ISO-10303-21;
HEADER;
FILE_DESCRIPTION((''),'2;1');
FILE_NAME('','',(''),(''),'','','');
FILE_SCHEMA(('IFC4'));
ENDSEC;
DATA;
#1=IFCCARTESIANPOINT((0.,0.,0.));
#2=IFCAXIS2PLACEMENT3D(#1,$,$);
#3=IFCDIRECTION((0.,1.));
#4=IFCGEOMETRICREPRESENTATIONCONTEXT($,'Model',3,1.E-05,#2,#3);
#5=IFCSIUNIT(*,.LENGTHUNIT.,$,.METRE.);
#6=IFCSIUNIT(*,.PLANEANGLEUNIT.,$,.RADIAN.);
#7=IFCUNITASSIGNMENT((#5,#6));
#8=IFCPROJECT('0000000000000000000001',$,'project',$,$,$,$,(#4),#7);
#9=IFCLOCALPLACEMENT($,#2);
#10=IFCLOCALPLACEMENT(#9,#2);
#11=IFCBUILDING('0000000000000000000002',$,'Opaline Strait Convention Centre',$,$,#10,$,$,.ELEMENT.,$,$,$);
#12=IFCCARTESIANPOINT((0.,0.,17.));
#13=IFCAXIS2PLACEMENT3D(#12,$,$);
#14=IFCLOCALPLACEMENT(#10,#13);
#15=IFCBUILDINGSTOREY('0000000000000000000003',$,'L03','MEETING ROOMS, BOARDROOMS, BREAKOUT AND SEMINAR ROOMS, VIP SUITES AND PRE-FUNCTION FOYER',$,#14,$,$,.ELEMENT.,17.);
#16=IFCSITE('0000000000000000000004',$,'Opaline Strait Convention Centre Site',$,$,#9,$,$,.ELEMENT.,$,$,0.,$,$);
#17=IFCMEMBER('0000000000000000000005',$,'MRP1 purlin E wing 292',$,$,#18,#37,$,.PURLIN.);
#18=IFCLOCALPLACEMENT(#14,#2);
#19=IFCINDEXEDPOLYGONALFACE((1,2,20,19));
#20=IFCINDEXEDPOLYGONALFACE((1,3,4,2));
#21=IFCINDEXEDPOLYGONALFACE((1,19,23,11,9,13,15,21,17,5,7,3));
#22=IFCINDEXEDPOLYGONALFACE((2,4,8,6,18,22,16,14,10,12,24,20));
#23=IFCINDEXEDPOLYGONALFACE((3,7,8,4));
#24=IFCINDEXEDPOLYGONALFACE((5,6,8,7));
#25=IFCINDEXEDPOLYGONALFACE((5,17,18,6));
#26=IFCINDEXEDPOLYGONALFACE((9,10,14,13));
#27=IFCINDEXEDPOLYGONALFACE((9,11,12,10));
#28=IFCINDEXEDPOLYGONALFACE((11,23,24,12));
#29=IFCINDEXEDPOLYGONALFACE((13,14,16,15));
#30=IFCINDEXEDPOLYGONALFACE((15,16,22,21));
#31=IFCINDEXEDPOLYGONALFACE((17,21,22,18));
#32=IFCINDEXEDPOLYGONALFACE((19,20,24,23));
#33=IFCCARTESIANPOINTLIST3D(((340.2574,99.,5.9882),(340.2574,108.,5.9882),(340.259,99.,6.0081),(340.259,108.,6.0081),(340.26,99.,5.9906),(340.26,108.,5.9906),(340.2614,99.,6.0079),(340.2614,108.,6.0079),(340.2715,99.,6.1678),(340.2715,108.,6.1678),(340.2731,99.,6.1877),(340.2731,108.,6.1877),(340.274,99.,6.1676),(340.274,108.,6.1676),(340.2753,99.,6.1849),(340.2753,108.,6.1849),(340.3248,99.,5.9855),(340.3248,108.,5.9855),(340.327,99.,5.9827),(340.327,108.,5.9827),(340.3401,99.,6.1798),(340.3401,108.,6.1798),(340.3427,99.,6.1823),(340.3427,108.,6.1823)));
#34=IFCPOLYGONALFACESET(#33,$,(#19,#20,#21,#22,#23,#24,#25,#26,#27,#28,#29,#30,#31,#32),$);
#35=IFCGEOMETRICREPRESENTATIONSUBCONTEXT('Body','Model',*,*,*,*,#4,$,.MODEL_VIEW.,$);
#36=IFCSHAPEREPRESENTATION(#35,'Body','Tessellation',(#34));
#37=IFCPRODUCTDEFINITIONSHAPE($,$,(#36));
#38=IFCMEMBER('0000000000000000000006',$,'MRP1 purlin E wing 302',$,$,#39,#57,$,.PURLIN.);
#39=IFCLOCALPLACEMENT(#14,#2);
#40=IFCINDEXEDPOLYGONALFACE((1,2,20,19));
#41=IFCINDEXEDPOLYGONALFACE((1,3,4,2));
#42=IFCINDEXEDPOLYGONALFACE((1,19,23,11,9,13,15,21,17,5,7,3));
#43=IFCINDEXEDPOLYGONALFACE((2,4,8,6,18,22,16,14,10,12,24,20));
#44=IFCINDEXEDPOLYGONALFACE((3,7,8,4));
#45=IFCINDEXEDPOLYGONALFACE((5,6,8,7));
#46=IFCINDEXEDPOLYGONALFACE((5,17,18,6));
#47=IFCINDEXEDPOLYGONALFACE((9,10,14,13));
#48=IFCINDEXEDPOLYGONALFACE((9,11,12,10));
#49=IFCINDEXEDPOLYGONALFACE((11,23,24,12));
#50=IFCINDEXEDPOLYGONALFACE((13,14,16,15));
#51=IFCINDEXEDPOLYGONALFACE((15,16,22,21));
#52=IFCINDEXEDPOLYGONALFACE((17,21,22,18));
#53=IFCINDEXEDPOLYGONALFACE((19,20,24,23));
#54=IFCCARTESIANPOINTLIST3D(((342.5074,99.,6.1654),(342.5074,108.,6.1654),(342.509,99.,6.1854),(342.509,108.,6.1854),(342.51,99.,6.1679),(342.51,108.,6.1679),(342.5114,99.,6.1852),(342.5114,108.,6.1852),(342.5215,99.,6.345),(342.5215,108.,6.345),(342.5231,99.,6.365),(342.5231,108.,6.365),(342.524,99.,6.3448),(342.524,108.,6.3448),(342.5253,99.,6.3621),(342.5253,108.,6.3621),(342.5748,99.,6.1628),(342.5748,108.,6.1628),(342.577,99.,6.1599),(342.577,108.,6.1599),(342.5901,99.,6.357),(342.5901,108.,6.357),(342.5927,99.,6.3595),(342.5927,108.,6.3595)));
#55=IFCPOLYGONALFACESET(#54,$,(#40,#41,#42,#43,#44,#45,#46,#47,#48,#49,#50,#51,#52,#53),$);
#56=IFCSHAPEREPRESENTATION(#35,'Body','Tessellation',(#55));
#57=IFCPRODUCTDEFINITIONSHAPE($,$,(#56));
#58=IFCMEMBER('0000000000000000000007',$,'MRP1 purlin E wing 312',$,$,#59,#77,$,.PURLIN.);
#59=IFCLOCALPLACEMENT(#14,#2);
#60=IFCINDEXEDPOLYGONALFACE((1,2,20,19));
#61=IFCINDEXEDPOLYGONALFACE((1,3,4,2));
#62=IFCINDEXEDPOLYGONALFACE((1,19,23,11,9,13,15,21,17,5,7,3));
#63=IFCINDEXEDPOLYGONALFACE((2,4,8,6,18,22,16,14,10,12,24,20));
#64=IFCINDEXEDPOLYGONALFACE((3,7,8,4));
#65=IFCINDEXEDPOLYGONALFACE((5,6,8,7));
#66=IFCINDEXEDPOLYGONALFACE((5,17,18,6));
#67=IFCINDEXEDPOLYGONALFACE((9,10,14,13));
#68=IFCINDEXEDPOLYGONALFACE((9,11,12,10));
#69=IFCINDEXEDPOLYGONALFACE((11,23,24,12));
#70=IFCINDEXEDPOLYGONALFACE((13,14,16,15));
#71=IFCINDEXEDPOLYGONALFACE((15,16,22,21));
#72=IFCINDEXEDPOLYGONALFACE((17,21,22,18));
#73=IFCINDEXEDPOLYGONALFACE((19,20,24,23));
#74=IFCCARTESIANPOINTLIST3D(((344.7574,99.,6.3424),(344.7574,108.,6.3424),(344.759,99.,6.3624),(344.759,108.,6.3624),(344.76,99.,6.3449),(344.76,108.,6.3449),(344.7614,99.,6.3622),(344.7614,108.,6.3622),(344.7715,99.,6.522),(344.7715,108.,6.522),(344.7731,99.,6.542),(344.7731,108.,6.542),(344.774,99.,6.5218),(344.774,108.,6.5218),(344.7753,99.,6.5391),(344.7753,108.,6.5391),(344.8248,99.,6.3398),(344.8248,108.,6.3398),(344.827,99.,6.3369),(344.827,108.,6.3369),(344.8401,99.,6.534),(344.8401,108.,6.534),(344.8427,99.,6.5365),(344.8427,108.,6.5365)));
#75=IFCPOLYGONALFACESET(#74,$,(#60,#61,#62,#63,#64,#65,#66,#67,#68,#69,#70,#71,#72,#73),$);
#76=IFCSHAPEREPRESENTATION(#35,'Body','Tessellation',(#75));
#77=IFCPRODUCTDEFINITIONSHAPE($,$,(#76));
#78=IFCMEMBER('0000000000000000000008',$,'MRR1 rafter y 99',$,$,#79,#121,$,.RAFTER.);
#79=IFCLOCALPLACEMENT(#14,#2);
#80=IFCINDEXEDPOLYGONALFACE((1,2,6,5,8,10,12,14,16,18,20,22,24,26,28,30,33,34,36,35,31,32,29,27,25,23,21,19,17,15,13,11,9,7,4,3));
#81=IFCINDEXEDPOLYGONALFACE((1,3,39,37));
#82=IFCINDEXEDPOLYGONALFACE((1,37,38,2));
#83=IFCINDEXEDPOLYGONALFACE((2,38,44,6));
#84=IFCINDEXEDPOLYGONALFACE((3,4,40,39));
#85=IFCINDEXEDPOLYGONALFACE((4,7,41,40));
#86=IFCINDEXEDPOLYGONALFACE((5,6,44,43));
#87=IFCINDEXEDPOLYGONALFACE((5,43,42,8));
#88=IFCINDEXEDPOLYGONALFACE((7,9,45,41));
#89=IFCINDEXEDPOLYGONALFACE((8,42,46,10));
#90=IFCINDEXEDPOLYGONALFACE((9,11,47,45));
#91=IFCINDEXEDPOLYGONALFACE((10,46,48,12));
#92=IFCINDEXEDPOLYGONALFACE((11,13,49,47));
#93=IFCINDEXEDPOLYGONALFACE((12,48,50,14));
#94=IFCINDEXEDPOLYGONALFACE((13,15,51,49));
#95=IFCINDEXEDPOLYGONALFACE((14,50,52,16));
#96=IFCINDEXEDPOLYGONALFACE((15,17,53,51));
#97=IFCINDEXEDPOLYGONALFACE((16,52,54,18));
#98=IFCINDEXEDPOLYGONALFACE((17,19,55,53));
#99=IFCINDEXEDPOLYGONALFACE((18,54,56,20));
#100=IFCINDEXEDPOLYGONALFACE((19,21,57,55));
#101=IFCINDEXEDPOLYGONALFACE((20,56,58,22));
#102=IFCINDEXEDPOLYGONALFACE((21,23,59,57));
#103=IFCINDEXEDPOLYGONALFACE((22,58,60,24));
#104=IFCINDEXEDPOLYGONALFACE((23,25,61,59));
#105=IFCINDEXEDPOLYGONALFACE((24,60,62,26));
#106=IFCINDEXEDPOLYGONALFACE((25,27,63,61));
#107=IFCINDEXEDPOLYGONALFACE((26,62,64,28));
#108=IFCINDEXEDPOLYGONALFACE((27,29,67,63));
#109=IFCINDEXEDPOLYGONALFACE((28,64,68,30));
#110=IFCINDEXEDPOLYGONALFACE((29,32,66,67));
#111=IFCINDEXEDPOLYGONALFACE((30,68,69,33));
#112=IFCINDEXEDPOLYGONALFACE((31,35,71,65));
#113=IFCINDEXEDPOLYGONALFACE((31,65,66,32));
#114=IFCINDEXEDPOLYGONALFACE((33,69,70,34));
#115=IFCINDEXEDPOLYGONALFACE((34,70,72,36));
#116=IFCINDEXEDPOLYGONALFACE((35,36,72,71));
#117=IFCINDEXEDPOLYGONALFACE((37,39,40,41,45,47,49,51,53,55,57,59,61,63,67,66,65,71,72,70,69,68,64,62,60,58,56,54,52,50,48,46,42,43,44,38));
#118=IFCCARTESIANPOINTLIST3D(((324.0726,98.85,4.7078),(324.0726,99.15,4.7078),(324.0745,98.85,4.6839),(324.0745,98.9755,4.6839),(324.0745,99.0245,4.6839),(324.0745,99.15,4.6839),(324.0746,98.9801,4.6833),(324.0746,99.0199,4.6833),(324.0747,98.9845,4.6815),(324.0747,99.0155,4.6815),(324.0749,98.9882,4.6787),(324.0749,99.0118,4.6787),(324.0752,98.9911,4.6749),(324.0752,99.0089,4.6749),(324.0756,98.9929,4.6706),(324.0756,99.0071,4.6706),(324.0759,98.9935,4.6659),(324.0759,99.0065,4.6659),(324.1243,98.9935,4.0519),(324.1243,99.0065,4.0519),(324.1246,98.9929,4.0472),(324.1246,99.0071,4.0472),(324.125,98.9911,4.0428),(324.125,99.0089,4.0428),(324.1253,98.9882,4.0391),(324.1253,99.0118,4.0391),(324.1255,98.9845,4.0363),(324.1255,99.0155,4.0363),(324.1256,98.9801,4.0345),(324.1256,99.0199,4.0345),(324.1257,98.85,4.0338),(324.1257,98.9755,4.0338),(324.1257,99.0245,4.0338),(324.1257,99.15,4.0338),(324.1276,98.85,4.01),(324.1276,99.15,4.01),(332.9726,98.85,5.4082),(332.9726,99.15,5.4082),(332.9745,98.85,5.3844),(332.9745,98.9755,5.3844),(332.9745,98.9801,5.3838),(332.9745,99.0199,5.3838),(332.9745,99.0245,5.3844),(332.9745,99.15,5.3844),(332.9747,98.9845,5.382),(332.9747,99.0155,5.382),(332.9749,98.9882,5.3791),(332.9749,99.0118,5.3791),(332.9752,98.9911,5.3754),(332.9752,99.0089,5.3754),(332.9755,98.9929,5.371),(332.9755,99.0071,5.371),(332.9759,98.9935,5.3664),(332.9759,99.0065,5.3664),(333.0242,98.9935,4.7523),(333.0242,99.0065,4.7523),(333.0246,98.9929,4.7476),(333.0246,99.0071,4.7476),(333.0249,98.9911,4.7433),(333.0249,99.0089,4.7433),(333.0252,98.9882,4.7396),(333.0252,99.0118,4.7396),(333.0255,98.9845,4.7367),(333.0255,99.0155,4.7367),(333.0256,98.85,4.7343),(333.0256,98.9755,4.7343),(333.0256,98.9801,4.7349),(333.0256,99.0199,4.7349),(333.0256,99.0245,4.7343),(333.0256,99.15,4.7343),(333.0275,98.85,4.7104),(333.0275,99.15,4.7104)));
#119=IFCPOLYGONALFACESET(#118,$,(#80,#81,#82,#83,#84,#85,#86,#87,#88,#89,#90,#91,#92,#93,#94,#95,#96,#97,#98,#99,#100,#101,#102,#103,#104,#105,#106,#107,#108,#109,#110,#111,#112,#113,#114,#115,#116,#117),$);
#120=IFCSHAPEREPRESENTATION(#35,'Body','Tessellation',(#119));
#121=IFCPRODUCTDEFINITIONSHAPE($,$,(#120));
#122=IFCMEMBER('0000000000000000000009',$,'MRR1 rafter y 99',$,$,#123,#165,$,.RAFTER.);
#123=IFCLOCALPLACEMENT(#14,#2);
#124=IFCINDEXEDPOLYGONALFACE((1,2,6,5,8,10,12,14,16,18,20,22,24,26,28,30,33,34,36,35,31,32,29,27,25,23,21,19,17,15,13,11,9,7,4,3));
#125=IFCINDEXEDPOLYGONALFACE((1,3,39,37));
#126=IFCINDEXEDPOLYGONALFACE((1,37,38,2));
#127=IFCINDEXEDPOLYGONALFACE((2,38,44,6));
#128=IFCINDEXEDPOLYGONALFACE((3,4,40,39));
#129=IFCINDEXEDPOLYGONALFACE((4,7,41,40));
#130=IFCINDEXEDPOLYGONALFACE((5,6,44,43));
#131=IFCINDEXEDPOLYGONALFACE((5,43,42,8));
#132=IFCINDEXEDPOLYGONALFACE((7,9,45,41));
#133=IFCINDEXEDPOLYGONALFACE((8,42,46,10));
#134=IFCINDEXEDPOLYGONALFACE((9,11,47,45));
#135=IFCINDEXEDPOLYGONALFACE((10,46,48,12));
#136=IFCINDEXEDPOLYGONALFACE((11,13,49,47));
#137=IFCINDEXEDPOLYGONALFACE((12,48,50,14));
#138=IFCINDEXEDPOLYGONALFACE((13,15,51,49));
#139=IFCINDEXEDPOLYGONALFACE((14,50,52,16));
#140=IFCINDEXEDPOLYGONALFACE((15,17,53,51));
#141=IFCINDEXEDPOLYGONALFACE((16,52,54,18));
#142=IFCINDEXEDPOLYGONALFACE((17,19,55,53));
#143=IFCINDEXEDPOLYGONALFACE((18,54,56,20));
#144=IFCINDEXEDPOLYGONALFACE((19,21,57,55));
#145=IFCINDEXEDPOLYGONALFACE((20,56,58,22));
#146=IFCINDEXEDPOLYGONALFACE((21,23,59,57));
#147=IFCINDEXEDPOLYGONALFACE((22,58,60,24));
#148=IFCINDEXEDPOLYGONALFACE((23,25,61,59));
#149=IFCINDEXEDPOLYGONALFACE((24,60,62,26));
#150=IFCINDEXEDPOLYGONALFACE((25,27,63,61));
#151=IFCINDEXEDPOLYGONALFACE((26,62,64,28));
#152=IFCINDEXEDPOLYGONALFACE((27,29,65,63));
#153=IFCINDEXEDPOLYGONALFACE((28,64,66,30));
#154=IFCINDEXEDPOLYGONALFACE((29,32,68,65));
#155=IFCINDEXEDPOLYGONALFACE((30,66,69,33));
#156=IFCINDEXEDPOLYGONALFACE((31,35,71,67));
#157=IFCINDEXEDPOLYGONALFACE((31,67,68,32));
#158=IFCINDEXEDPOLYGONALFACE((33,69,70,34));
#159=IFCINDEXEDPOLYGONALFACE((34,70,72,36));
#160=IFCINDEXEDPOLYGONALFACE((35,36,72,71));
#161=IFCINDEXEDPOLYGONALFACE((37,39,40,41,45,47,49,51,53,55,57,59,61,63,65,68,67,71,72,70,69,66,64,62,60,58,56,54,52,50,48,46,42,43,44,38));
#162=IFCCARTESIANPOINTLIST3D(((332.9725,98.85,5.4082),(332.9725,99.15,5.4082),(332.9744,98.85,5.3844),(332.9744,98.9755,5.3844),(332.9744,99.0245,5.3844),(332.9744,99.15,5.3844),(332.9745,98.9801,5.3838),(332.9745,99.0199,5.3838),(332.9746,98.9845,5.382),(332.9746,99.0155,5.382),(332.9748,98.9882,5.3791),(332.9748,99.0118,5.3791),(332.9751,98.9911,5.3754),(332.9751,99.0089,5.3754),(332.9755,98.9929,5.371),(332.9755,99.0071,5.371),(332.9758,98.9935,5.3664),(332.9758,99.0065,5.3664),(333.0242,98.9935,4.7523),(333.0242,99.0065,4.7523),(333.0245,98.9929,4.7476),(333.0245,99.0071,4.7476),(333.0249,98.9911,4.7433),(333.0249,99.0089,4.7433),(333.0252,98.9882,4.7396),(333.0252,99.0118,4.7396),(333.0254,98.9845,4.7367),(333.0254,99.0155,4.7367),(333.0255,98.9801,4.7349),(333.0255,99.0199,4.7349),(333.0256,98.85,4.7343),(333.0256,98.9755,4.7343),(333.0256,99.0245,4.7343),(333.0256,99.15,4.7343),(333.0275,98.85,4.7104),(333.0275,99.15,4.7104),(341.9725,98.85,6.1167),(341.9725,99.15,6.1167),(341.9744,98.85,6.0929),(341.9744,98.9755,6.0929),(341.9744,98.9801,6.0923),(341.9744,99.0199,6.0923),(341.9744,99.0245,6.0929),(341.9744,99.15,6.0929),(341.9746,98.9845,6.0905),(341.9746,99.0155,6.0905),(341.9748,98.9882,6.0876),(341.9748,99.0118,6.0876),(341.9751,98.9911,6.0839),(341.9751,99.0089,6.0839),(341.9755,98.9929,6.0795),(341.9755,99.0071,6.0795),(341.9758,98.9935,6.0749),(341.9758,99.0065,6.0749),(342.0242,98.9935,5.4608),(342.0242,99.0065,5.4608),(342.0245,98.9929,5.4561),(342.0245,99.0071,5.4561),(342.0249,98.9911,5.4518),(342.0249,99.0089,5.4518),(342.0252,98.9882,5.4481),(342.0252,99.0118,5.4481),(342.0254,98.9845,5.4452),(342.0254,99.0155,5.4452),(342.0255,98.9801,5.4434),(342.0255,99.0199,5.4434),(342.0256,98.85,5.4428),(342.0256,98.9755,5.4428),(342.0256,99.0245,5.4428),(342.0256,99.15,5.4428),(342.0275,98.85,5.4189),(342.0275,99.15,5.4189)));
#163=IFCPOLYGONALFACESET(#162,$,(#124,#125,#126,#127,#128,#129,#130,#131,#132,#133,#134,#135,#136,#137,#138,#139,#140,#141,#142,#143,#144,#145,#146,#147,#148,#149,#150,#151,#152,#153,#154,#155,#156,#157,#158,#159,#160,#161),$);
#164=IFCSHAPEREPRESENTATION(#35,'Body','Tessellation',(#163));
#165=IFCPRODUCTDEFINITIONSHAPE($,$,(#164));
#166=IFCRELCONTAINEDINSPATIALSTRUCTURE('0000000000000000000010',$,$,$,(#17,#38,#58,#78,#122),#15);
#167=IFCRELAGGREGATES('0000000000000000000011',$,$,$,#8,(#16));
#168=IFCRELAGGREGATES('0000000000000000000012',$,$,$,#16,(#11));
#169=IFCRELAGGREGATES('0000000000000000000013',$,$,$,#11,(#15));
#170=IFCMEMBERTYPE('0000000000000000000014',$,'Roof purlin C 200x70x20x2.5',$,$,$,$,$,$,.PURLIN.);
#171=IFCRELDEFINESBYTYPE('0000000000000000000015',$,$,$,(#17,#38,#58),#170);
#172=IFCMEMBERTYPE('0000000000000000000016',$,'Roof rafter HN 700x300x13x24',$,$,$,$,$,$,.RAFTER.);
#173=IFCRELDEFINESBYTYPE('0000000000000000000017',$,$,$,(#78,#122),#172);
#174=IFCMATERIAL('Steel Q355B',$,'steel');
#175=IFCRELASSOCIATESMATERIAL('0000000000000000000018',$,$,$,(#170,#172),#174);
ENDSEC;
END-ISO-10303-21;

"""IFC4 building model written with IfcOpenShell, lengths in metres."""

from ifc_helpers import new_model, si_unit, direction, frame, origin, origin_2d, place, context, subcontext, project, spatial, polyline, i_section, outline, extrude, material, material_profile, profile_set, type_object, element, save


model = new_model("IFC4")

# Units and contexts
model_context = context("Model", 3, precision=1e-05, world=origin(), true_north=direction((0.0, 1.0)))
body_context = subcontext(model_context, "Body", "Model", "MODEL_VIEW")
ifc_project = project(units=[si_unit("LENGTHUNIT", "METRE"), si_unit("PLANEANGLEUNIT", "RADIAN")], contexts=[model_context])

# Site, building, storey
site_placement = place(None, origin())
site = spatial("IfcSite", under=ifc_project, at=site_placement, Name="Opaline Strait Convention Centre Site", CompositionType="ELEMENT", RefElevation=0.0)
building_placement = place(site_placement, origin())
building = spatial("IfcBuilding", under=site, at=building_placement, Name="Opaline Strait Convention Centre", CompositionType="ELEMENT")
storey_placement = place(building_placement, frame((0.0, 0.0, 17.0)))
storey = spatial("IfcBuildingStorey", under=building, at=storey_placement, Name="L03", Description="MEETING ROOMS, BOARDROOMS, BREAKOUT AND SEMINAR ROOMS, VIP SUITES AND PRE-FUNCTION FOYER", CompositionType="ELEMENT", Elevation=17.0)

# Shared definitions
ifc_material_1 = material(Name="Steel Q355B", Category="steel")

# Members
ifc_material_profile_1 = material_profile(ifc_material_1, outline(polyline([(-0.0349, -0.1001), (0.0349, -0.1001), (0.0349, -0.0801), (0.0325, -0.0801), (0.0325, -0.0974), (-0.0325, -0.0974), (-0.0325, 0.0974), (0.0325, 0.0974), (0.0325, 0.0801), (0.0349, 0.0801), (0.0349, 0.1001), (-0.0349, 0.1001), (-0.0349, -0.1001)])), Name="C 200x70x20x2.5")
ifc_profile_set_1 = profile_set([ifc_material_profile_1], Name="Steel Q355B")
member_type_1 = type_object("IfcMemberType", Name="Roof purlin C 200x70x20x2.5", PredefinedType="PURLIN", material=ifc_profile_set_1)
for number, where, z_axis, x_axis, name in (
    (1, (340.3, 99.0, 6.0852), (0.0, 1.0, 0.0), (-0.996917, 0.0, 0.078459), "MRP1 purlin E wing 292"),
    (2, (342.55, 99.0, 6.2625), (0.0, 1.0, 0.0), (-0.996917, 0.0, 0.078459), "MRP1 purlin E wing 302"),
    (3, (344.8, 99.0, 6.4395), (0.0, 1.0, 0.0), (-0.996917, 0.0, 0.078459), "MRP1 purlin E wing 312"),
):
    element("IfcMember", number, at=place(storey_placement, frame(where, z_axis=z_axis, x_axis=x_axis)), inside=storey, type_object=member_type_1, Name=name, PredefinedType="PURLIN", context=body_context, shape_type="SweptSolid", body=[
        extrude(outline(polyline([(-0.0349, -0.1001), (0.0349, -0.1001), (0.0349, -0.0801), (0.0325, -0.0801), (0.0325, -0.0974), (-0.0325, -0.0974), (-0.0325, 0.0974), (0.0325, 0.0974), (0.0325, 0.0801), (0.0349, 0.0801), (0.0349, 0.1001), (-0.0349, 0.1001), (-0.0349, -0.1001)])), origin(), (0.0, 0.0, 1.0), 9.0),
    ])
ifc_material_profile_2 = material_profile(ifc_material_1, i_section(OverallWidth=0.3, OverallDepth=0.7, WebThickness=0.0129, FlangeThickness=0.0239, FilletRadius=0.0181, at=origin_2d()), Name="HN 700x300x13x24")
ifc_profile_set_2 = profile_set([ifc_material_profile_2], Name="Steel Q355B")
member_type_2 = type_object("IfcMemberType", Name="Roof rafter HN 700x300x13x24", PredefinedType="RAFTER", material=ifc_profile_set_2)
member_1_placement = place(storey_placement, frame((324.1001, 99.0, 4.3589), z_axis=(0.996917, 0.0, 0.078459), x_axis=(0.0, 1.0, 0.0)))
element("IfcMember", 4, at=member_1_placement, inside=storey, type_object=member_type_2, Name="MRR1 rafter y 99", PredefinedType="RAFTER", context=body_context, shape_type="SweptSolid", body=[
    extrude(i_section(OverallWidth=0.3, OverallDepth=0.7, WebThickness=0.0129, FlangeThickness=0.0239, FilletRadius=0.0181, at=origin_2d()), origin(), (0.0, 0.0, 1.0), 8.9275),
])
for number, where, z_axis, x_axis, name in (
    (5, (333.0, 99.0, 5.0593), (0.996916, 0.0, 0.078479), (0.0, 1.0, 0.0), "MRR1 rafter y 99"),
):
    element("IfcMember", number, at=place(storey_placement, frame(where, z_axis=z_axis, x_axis=x_axis)), inside=storey, type_object=member_type_2, Name=name, PredefinedType="RAFTER", context=body_context, shape_type="SweptSolid", body=[
        extrude(i_section(OverallWidth=0.3, OverallDepth=0.7, WebThickness=0.0129, FlangeThickness=0.0239, FilletRadius=0.0181, at=origin_2d()), origin(), (0.0, 0.0, 1.0), 9.0278),
    ])

save(model, "model.ifc")
